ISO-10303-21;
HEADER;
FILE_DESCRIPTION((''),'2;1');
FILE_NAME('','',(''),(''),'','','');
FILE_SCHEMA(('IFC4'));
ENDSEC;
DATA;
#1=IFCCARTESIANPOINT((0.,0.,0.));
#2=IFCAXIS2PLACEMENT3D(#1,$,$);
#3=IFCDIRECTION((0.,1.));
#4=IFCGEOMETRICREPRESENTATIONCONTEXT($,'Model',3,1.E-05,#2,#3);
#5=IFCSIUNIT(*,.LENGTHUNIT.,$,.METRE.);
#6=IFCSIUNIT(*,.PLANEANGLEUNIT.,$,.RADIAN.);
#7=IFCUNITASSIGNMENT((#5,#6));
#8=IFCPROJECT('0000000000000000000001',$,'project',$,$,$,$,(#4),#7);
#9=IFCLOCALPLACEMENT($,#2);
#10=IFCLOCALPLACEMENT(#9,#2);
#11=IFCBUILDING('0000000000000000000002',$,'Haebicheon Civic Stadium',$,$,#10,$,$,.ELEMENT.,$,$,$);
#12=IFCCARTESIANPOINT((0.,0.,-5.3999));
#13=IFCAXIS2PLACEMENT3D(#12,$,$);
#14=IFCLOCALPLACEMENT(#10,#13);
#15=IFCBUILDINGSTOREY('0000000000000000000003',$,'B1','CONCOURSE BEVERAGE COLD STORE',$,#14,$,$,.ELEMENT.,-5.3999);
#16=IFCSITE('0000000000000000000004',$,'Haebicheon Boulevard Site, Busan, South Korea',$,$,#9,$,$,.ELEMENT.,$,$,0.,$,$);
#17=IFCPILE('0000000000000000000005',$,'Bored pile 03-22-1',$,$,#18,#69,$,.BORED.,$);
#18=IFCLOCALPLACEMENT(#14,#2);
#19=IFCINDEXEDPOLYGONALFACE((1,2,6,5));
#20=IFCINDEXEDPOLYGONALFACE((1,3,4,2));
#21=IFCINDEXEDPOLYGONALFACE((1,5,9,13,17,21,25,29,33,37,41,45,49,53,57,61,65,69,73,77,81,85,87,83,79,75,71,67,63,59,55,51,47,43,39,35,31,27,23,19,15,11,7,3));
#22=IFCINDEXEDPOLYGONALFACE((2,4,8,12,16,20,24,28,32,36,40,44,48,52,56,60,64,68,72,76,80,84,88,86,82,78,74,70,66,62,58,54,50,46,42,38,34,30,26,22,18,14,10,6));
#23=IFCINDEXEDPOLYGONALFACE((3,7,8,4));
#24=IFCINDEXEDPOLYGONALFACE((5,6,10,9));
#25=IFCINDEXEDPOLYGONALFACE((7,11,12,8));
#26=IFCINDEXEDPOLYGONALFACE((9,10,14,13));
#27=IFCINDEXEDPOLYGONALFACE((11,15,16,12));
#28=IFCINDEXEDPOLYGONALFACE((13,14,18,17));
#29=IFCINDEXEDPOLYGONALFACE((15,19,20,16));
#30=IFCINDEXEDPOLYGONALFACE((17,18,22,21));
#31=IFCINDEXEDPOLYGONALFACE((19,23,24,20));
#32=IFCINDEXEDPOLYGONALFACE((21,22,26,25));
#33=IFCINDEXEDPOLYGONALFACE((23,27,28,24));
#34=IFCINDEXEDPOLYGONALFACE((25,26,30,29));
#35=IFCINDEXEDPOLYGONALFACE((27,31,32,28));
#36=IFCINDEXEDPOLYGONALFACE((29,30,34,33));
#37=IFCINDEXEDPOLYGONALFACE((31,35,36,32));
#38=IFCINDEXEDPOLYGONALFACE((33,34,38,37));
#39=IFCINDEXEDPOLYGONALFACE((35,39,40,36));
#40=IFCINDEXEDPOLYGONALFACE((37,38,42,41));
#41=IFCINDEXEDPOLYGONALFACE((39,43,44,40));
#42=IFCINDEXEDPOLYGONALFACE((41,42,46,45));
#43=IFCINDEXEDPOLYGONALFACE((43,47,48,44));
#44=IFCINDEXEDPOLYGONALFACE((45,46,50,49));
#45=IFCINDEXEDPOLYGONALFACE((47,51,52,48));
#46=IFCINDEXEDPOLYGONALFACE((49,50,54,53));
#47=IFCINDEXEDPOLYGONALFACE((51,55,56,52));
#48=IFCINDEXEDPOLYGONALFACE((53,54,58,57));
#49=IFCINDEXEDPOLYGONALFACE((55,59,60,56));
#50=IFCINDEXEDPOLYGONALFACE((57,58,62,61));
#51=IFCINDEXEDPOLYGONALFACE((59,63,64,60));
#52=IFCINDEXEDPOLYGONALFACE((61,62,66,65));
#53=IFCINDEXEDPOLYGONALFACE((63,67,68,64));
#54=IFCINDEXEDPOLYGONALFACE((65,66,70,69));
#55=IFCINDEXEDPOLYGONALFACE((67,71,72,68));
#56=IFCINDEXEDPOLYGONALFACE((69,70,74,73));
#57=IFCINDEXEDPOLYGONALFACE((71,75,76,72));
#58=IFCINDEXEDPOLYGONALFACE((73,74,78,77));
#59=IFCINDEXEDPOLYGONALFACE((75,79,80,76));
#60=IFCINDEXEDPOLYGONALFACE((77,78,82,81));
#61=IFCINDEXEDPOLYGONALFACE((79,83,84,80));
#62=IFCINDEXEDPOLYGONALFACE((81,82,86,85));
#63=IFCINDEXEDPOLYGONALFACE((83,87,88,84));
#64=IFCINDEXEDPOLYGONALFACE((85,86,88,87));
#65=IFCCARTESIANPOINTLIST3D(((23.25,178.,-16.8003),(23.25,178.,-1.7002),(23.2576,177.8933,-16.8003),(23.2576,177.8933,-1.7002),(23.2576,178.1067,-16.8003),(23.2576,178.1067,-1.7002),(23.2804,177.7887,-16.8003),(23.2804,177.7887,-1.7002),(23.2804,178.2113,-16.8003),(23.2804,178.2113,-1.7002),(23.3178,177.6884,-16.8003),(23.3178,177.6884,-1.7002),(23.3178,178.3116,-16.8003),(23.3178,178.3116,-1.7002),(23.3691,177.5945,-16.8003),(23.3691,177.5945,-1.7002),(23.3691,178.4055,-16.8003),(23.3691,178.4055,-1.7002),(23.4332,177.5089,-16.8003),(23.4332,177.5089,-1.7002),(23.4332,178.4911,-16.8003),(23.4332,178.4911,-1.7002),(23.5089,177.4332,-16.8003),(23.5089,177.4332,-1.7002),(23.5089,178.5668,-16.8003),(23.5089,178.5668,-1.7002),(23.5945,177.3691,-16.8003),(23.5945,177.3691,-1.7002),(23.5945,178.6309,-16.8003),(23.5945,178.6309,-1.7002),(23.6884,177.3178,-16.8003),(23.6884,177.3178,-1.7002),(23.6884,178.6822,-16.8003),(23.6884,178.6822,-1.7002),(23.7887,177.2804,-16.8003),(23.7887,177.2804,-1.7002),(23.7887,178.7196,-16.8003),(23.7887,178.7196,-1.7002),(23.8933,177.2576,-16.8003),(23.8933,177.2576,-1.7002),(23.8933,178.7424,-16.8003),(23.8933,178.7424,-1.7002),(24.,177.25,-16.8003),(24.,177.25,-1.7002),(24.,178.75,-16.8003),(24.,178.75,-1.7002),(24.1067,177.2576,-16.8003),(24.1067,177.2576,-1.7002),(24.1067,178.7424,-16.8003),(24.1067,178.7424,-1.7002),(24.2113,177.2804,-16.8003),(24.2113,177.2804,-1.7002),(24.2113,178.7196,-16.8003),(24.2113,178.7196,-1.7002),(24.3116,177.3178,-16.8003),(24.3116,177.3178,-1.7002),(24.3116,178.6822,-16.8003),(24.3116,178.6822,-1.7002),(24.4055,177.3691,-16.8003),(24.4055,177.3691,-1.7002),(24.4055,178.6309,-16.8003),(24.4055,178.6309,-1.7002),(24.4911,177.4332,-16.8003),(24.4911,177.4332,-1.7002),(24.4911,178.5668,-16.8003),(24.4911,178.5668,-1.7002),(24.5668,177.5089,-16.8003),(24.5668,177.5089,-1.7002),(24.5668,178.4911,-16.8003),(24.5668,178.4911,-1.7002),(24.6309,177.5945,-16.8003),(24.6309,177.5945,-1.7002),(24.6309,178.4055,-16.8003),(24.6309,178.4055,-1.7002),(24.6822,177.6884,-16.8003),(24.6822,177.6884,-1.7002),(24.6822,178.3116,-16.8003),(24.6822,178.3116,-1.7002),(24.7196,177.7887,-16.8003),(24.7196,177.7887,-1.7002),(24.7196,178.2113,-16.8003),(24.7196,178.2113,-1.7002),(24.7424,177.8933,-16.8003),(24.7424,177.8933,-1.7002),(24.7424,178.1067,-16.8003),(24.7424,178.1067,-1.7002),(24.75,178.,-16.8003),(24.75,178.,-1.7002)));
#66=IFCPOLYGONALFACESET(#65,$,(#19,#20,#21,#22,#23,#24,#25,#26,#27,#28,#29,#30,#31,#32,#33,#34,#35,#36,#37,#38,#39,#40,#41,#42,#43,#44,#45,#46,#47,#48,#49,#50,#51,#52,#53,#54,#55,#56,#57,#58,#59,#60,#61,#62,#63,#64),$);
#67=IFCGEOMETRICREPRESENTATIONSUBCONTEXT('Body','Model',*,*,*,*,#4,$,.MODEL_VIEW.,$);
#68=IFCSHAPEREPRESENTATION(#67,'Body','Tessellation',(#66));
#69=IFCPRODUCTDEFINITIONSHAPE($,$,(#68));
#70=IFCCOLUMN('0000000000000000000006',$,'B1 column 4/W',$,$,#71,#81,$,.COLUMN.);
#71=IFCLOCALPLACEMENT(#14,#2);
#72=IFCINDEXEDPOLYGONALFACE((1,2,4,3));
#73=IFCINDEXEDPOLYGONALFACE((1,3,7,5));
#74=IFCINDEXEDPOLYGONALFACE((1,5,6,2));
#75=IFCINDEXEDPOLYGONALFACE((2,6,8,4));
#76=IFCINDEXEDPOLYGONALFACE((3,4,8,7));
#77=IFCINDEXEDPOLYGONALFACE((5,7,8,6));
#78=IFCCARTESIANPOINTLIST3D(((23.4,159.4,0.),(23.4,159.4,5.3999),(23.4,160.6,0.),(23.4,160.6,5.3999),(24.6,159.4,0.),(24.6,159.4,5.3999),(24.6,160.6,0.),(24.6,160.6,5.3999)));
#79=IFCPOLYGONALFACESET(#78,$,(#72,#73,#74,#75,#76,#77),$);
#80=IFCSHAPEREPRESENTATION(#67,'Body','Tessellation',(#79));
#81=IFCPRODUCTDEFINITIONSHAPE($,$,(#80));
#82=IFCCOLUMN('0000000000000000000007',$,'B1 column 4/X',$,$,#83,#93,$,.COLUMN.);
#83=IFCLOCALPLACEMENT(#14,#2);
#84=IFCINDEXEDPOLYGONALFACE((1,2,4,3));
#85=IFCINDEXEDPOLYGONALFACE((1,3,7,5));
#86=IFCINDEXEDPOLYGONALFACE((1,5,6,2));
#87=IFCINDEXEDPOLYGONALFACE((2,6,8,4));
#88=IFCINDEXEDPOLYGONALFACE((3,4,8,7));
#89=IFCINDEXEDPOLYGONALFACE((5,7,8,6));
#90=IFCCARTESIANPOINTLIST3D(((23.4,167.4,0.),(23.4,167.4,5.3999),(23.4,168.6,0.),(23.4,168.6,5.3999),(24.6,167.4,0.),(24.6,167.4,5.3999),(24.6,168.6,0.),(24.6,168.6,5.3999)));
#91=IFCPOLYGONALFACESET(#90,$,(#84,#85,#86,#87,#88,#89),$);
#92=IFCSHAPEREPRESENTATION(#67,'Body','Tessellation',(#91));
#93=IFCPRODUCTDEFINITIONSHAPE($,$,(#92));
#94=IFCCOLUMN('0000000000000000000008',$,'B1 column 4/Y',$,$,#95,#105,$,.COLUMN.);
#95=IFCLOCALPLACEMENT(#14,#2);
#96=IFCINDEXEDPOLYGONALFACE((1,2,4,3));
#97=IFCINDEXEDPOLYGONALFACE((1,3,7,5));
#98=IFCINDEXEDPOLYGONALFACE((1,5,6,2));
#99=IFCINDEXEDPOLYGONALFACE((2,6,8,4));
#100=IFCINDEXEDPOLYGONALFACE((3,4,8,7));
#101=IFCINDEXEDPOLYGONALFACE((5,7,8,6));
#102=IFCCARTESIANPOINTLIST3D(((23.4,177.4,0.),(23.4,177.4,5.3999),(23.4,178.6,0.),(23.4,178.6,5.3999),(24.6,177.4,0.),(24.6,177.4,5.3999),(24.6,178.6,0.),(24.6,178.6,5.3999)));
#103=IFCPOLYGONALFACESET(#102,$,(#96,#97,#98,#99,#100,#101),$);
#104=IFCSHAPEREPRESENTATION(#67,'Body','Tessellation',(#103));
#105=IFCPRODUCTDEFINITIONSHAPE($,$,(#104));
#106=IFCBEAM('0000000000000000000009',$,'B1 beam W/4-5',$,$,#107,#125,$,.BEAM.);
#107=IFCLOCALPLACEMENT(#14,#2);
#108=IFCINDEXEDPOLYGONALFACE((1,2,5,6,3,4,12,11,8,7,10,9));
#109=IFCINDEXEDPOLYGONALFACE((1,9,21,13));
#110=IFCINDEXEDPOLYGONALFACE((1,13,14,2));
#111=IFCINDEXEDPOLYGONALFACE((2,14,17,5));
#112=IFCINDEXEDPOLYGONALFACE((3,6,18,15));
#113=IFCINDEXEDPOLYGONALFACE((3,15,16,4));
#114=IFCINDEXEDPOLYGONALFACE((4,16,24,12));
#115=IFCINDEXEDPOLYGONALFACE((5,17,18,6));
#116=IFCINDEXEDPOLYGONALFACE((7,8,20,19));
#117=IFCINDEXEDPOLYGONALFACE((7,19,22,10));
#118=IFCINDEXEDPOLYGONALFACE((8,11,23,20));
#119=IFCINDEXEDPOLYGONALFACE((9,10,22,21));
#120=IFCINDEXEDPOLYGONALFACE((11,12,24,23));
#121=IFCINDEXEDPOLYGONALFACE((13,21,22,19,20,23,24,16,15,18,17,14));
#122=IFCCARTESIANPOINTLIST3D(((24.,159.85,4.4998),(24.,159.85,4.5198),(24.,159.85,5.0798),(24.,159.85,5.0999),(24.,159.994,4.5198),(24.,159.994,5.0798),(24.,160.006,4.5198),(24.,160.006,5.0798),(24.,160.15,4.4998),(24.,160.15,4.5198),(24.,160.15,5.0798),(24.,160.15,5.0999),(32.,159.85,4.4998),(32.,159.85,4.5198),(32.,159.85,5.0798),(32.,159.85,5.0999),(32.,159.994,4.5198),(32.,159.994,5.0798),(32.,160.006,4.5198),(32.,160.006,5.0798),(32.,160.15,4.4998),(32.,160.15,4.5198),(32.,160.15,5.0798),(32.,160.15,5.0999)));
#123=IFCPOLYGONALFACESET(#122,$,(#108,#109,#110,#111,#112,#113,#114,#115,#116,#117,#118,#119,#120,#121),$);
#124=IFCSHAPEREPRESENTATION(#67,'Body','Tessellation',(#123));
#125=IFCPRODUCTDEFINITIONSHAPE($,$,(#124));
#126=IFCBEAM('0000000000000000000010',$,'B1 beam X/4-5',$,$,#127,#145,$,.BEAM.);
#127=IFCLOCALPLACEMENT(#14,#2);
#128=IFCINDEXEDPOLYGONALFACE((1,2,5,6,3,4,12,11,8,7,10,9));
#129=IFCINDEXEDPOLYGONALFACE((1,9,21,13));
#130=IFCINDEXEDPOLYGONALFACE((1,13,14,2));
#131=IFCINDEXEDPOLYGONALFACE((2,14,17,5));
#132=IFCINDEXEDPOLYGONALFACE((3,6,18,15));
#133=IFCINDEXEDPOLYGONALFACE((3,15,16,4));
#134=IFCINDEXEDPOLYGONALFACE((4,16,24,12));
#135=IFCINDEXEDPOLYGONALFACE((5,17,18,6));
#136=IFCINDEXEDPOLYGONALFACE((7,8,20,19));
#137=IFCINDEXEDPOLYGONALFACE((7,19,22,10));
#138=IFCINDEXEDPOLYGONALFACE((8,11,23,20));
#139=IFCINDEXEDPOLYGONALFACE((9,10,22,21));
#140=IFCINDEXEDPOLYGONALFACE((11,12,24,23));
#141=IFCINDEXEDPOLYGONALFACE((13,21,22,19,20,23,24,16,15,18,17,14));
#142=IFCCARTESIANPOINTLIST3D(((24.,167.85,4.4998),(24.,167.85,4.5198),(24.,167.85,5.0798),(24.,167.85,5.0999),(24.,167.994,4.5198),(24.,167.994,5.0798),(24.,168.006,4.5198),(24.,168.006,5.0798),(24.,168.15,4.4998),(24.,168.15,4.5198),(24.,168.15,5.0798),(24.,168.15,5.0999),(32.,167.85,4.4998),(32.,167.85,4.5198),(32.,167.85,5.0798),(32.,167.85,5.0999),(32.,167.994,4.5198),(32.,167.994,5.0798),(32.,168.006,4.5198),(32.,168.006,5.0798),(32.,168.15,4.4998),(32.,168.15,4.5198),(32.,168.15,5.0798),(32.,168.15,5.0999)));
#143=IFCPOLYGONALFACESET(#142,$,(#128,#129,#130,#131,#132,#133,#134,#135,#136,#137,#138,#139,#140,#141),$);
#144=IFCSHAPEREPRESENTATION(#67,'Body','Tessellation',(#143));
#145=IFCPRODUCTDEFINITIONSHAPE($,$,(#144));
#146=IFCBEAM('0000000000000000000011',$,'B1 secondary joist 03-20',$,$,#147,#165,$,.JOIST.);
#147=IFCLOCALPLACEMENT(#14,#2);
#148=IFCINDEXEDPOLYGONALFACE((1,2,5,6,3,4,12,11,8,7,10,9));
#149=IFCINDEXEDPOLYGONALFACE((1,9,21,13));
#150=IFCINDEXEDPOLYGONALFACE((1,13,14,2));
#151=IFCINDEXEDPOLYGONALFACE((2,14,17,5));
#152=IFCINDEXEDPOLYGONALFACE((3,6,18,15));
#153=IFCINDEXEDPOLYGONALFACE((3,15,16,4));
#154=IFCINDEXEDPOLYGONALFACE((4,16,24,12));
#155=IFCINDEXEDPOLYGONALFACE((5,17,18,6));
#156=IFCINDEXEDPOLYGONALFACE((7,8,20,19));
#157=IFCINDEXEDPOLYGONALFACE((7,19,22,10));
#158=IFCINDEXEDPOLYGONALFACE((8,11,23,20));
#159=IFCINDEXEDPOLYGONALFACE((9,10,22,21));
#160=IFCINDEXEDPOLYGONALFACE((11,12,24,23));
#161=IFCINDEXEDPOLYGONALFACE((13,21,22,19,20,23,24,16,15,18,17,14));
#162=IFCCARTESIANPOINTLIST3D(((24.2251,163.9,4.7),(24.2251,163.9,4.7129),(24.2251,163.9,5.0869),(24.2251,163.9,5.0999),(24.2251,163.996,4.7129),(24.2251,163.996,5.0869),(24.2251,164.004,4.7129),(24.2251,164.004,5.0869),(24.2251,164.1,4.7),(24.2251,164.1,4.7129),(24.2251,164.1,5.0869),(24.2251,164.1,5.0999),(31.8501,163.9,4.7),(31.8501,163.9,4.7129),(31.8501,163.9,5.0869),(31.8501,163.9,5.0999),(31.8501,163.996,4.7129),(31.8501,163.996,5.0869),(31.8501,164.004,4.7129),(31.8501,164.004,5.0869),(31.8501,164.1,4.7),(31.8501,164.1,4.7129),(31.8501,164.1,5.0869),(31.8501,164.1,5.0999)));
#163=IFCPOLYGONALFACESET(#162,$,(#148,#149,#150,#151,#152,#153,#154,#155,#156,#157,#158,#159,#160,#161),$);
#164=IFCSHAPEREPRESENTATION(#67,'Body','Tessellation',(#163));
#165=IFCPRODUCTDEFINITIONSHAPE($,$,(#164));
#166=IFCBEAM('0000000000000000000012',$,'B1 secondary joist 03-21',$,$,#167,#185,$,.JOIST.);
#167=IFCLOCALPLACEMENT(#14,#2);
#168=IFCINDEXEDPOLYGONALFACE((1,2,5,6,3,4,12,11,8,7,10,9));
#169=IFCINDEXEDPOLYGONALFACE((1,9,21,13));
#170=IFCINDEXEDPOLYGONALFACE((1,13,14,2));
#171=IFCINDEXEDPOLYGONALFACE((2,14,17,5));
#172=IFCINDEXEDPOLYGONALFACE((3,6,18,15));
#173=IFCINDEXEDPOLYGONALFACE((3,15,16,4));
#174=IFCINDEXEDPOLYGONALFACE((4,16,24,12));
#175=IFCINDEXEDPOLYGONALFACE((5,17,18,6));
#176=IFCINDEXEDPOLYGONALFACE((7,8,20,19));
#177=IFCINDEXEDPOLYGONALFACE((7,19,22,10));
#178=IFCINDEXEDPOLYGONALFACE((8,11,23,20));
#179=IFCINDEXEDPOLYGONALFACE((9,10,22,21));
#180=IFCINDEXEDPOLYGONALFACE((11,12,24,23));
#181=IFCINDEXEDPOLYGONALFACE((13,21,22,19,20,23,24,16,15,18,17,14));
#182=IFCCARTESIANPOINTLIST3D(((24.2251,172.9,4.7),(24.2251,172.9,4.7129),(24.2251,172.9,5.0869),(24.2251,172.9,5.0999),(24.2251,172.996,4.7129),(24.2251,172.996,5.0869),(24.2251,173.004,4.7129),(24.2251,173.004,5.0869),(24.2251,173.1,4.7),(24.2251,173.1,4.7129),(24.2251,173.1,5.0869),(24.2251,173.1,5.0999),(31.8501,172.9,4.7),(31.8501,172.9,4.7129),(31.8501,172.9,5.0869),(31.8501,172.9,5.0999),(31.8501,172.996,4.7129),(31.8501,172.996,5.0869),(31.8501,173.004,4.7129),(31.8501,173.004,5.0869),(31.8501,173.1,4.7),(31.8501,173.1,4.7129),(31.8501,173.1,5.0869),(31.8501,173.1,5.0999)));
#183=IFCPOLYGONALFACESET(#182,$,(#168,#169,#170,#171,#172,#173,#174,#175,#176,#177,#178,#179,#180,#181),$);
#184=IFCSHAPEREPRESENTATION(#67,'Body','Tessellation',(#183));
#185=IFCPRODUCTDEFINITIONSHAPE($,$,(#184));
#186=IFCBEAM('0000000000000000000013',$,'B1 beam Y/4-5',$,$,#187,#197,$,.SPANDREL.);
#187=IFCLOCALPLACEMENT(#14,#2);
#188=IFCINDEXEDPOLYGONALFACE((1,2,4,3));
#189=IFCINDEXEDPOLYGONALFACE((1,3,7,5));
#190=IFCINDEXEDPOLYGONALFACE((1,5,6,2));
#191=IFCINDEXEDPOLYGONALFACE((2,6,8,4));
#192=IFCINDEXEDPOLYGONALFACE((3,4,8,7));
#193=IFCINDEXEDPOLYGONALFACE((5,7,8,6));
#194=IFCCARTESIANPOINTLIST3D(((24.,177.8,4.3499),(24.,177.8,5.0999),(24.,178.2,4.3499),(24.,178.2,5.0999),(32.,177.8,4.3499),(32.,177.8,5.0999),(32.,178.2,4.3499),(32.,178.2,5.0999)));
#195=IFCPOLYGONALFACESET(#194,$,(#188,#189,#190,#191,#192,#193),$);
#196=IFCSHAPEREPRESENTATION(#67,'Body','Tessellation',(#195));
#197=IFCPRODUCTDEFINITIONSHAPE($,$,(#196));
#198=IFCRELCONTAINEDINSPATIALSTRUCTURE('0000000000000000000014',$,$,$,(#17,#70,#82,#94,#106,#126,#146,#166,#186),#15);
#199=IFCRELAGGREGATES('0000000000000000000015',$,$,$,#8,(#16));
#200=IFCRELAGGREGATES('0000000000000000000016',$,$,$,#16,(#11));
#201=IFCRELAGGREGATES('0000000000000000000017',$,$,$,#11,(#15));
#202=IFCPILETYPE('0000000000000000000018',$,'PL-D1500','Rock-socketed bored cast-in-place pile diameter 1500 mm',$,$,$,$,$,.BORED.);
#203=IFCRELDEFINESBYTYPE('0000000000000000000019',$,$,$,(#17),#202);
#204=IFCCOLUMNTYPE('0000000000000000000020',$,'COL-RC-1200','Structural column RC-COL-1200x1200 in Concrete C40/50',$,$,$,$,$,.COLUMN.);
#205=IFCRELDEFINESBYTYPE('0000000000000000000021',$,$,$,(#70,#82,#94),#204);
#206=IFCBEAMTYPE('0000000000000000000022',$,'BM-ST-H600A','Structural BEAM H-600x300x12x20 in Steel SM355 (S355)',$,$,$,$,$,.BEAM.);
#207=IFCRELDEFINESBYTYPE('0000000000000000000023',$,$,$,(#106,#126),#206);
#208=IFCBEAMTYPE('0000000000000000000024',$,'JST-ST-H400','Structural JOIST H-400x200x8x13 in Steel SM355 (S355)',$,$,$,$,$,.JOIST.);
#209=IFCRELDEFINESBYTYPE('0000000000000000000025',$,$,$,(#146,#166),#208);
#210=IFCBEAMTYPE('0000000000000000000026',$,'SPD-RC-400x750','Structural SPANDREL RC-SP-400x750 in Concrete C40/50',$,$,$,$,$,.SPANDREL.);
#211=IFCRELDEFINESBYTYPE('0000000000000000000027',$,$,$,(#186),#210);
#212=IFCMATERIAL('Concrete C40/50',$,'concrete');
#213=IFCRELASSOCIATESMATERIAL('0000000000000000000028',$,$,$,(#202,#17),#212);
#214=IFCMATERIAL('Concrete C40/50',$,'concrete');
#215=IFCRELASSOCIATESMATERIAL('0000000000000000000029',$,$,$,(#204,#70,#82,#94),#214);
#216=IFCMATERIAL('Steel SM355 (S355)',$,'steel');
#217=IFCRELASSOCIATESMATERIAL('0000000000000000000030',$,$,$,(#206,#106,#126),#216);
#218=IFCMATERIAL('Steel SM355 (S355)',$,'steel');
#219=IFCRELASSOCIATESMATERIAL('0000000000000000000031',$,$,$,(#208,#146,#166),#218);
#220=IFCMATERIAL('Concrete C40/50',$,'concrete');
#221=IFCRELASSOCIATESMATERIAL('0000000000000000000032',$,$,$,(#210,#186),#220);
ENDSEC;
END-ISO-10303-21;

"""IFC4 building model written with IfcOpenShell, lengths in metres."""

from ifc_helpers import new_model, si_unit, direction, frame, origin, origin_2d, place, context, subcontext, project, spatial, rectangle, circle, i_section, extrude, material, material_profile, profile_set, type_object, element, save


model = new_model("IFC4")

# Units and contexts
model_context = context("Model", 3, precision=1e-05, world=origin(), true_north=direction((0.0, 1.0)))
body_context = subcontext(model_context, "Body", "Model", "MODEL_VIEW")
ifc_project = project(units=[si_unit("LENGTHUNIT", "METRE"), si_unit("PLANEANGLEUNIT", "RADIAN")], contexts=[model_context])

# Site, building, storey
site_placement = place(None, origin())
site = spatial("IfcSite", under=ifc_project, at=site_placement, Name="Haebicheon Boulevard Site, Busan, South Korea", CompositionType="ELEMENT", RefElevation=0.0)
building_placement = place(site_placement, origin())
building = spatial("IfcBuilding", under=site, at=building_placement, Name="Haebicheon Civic Stadium", CompositionType="ELEMENT")
storey_placement = place(building_placement, frame((0.0, 0.0, -5.3999)))
storey = spatial("IfcBuildingStorey", under=building, at=storey_placement, Name="B1", Description="CONCOURSE BEVERAGE COLD STORE", CompositionType="ELEMENT", Elevation=-5.3999)

# Pile
ifc_material_1 = material(Name="Concrete C40/50", Category="concrete")
ifc_material_profile_1 = material_profile(ifc_material_1, circle(Radius=0.75, at=origin_2d()), Name="PILE-D1500")
ifc_profile_set_1 = profile_set([ifc_material_profile_1], Name="Concrete C40/50")
pile_type_1 = type_object("IfcPileType", Name="PL-D1500", Description="Rock-socketed bored cast-in-place pile diameter 1500 mm", PredefinedType="BORED", material=ifc_profile_set_1)
pile_placement = place(storey_placement, frame((24.0, 178.0, -1.7002), z_axis=(0.0, 0.0, -1.0), x_axis=(1.0, 0.0, 0.0)))
element("IfcPile", 1, at=pile_placement, inside=storey, type_object=pile_type_1, material=ifc_profile_set_1, Name="Bored pile 03-22-1", PredefinedType="BORED", context=body_context, shape_type="SweptSolid", body=[
    extrude(circle(Radius=0.75, at=origin_2d()), origin(), (0.0, 0.0, 1.0), 15.1001),
])

# Columns
ifc_material_2 = material(Name="Concrete C40/50", Category="concrete")
ifc_material_profile_2 = material_profile(ifc_material_2, rectangle(XDim=1.2, YDim=1.2, at=origin_2d()), Name="RC-COL-1200x1200")
ifc_profile_set_2 = profile_set([ifc_material_profile_2], Name="Concrete C40/50")
column_type = type_object("IfcColumnType", Name="COL-RC-1200", Description="Structural column RC-COL-1200x1200 in Concrete C40/50", PredefinedType="COLUMN", material=ifc_profile_set_2)
for number, where, z_axis, x_axis, name in (
    (2, (24.0, 160.0, 0.0), (0.0, 0.0, 1.0), (1.0, 0.0, 0.0), "B1 column 4/W"),
    (3, (24.0, 168.0, 0.0), (0.0, 0.0, 1.0), (1.0, 0.0, 0.0), "B1 column 4/X"),
    (4, (24.0, 178.0, 0.0), (0.0, 0.0, 1.0), (1.0, 0.0, 0.0), "B1 column 4/Y"),
):
    element("IfcColumn", number, at=place(storey_placement, frame(where, z_axis=z_axis, x_axis=x_axis)), inside=storey, type_object=column_type, material=ifc_profile_set_2, Name=name, PredefinedType="COLUMN", context=body_context, shape_type="SweptSolid", body=[
        extrude(rectangle(XDim=1.2, YDim=1.2, at=origin_2d()), origin(), (0.0, 0.0, 1.0), 5.3999),
    ])

# Beams
ifc_material_3 = material(Name="Steel SM355 (S355)", Category="steel")
ifc_material_profile_3 = material_profile(ifc_material_3, i_section(OverallWidth=0.3, OverallDepth=0.6001, WebThickness=0.012, FlangeThickness=0.02, at=origin_2d()), Name="H-600x300x12x20")
ifc_profile_set_3 = profile_set([ifc_material_profile_3], Name="Steel SM355 (S355)")
beam_type_1 = type_object("IfcBeamType", Name="BM-ST-H600A", Description="Structural BEAM H-600x300x12x20 in Steel SM355 (S355)", PredefinedType="BEAM", material=ifc_profile_set_3)
for number, where, z_axis, x_axis, name in (
    (5, (24.0, 160.0, 4.7998), (1.0, 0.0, 0.0), (0.0, 1.0, 0.0), "B1 beam W/4-5"),
    (6, (24.0, 168.0, 4.7998), (1.0, 0.0, 0.0), (0.0, 1.0, 0.0), "B1 beam X/4-5"),
):
    element("IfcBeam", number, at=place(storey_placement, frame(where, z_axis=z_axis, x_axis=x_axis)), inside=storey, type_object=beam_type_1, material=ifc_profile_set_3, Name=name, PredefinedType="BEAM", context=body_context, shape_type="SweptSolid", body=[
        extrude(i_section(OverallWidth=0.3, OverallDepth=0.6001, WebThickness=0.012, FlangeThickness=0.02, at=origin_2d()), origin(), (0.0, 0.0, 1.0), 8.0),
    ])
ifc_material_4 = material(Name="Steel SM355 (S355)", Category="steel")
ifc_material_profile_4 = material_profile(ifc_material_4, i_section(OverallWidth=0.2, OverallDepth=0.3999, WebThickness=0.0081, FlangeThickness=0.0129, at=origin_2d()), Name="H-400x200x8x13")
ifc_profile_set_4 = profile_set([ifc_material_profile_4], Name="Steel SM355 (S355)")
beam_type_2 = type_object("IfcBeamType", Name="JST-ST-H400", Description="Structural JOIST H-400x200x8x13 in Steel SM355 (S355)", PredefinedType="JOIST", material=ifc_profile_set_4)
for number, where, z_axis, x_axis, name in (
    (7, (24.2251, 164.0, 4.8999), (1.0, 0.0, 0.0), (0.0, 1.0, 0.0), "B1 secondary joist 03-20"),
    (8, (24.2251, 173.0, 4.8999), (1.0, 0.0, 0.0), (0.0, 1.0, 0.0), "B1 secondary joist 03-21"),
):
    element("IfcBeam", number, at=place(storey_placement, frame(where, z_axis=z_axis, x_axis=x_axis)), inside=storey, type_object=beam_type_2, material=ifc_profile_set_4, Name=name, PredefinedType="JOIST", context=body_context, shape_type="SweptSolid", body=[
        extrude(i_section(OverallWidth=0.2, OverallDepth=0.3999, WebThickness=0.0081, FlangeThickness=0.0129, at=origin_2d()), origin(), (0.0, 0.0, 1.0), 7.625),
    ])
ifc_material_5 = material(Name="Concrete C40/50", Category="concrete")
ifc_material_profile_5 = material_profile(ifc_material_5, rectangle(XDim=0.3999, YDim=0.75, at=origin_2d()), Name="RC-SP-400x750")
ifc_profile_set_5 = profile_set([ifc_material_profile_5], Name="Concrete C40/50")
beam_type_3 = type_object("IfcBeamType", Name="SPD-RC-400x750", Description="Structural SPANDREL RC-SP-400x750 in Concrete C40/50", PredefinedType="SPANDREL", material=ifc_profile_set_5)
beam_1_placement = place(storey_placement, frame((24.0, 178.0, 4.7249), z_axis=(1.0, 0.0, 0.0), x_axis=(0.0, 1.0, 0.0)))
element("IfcBeam", 9, at=beam_1_placement, inside=storey, type_object=beam_type_3, material=ifc_profile_set_5, Name="B1 beam Y/4-5", PredefinedType="SPANDREL", context=body_context, shape_type="SweptSolid", body=[
    extrude(rectangle(XDim=0.3999, YDim=0.75, at=origin_2d()), origin(), (0.0, 0.0, 1.0), 8.0),
])

save(model, "model.ifc")
